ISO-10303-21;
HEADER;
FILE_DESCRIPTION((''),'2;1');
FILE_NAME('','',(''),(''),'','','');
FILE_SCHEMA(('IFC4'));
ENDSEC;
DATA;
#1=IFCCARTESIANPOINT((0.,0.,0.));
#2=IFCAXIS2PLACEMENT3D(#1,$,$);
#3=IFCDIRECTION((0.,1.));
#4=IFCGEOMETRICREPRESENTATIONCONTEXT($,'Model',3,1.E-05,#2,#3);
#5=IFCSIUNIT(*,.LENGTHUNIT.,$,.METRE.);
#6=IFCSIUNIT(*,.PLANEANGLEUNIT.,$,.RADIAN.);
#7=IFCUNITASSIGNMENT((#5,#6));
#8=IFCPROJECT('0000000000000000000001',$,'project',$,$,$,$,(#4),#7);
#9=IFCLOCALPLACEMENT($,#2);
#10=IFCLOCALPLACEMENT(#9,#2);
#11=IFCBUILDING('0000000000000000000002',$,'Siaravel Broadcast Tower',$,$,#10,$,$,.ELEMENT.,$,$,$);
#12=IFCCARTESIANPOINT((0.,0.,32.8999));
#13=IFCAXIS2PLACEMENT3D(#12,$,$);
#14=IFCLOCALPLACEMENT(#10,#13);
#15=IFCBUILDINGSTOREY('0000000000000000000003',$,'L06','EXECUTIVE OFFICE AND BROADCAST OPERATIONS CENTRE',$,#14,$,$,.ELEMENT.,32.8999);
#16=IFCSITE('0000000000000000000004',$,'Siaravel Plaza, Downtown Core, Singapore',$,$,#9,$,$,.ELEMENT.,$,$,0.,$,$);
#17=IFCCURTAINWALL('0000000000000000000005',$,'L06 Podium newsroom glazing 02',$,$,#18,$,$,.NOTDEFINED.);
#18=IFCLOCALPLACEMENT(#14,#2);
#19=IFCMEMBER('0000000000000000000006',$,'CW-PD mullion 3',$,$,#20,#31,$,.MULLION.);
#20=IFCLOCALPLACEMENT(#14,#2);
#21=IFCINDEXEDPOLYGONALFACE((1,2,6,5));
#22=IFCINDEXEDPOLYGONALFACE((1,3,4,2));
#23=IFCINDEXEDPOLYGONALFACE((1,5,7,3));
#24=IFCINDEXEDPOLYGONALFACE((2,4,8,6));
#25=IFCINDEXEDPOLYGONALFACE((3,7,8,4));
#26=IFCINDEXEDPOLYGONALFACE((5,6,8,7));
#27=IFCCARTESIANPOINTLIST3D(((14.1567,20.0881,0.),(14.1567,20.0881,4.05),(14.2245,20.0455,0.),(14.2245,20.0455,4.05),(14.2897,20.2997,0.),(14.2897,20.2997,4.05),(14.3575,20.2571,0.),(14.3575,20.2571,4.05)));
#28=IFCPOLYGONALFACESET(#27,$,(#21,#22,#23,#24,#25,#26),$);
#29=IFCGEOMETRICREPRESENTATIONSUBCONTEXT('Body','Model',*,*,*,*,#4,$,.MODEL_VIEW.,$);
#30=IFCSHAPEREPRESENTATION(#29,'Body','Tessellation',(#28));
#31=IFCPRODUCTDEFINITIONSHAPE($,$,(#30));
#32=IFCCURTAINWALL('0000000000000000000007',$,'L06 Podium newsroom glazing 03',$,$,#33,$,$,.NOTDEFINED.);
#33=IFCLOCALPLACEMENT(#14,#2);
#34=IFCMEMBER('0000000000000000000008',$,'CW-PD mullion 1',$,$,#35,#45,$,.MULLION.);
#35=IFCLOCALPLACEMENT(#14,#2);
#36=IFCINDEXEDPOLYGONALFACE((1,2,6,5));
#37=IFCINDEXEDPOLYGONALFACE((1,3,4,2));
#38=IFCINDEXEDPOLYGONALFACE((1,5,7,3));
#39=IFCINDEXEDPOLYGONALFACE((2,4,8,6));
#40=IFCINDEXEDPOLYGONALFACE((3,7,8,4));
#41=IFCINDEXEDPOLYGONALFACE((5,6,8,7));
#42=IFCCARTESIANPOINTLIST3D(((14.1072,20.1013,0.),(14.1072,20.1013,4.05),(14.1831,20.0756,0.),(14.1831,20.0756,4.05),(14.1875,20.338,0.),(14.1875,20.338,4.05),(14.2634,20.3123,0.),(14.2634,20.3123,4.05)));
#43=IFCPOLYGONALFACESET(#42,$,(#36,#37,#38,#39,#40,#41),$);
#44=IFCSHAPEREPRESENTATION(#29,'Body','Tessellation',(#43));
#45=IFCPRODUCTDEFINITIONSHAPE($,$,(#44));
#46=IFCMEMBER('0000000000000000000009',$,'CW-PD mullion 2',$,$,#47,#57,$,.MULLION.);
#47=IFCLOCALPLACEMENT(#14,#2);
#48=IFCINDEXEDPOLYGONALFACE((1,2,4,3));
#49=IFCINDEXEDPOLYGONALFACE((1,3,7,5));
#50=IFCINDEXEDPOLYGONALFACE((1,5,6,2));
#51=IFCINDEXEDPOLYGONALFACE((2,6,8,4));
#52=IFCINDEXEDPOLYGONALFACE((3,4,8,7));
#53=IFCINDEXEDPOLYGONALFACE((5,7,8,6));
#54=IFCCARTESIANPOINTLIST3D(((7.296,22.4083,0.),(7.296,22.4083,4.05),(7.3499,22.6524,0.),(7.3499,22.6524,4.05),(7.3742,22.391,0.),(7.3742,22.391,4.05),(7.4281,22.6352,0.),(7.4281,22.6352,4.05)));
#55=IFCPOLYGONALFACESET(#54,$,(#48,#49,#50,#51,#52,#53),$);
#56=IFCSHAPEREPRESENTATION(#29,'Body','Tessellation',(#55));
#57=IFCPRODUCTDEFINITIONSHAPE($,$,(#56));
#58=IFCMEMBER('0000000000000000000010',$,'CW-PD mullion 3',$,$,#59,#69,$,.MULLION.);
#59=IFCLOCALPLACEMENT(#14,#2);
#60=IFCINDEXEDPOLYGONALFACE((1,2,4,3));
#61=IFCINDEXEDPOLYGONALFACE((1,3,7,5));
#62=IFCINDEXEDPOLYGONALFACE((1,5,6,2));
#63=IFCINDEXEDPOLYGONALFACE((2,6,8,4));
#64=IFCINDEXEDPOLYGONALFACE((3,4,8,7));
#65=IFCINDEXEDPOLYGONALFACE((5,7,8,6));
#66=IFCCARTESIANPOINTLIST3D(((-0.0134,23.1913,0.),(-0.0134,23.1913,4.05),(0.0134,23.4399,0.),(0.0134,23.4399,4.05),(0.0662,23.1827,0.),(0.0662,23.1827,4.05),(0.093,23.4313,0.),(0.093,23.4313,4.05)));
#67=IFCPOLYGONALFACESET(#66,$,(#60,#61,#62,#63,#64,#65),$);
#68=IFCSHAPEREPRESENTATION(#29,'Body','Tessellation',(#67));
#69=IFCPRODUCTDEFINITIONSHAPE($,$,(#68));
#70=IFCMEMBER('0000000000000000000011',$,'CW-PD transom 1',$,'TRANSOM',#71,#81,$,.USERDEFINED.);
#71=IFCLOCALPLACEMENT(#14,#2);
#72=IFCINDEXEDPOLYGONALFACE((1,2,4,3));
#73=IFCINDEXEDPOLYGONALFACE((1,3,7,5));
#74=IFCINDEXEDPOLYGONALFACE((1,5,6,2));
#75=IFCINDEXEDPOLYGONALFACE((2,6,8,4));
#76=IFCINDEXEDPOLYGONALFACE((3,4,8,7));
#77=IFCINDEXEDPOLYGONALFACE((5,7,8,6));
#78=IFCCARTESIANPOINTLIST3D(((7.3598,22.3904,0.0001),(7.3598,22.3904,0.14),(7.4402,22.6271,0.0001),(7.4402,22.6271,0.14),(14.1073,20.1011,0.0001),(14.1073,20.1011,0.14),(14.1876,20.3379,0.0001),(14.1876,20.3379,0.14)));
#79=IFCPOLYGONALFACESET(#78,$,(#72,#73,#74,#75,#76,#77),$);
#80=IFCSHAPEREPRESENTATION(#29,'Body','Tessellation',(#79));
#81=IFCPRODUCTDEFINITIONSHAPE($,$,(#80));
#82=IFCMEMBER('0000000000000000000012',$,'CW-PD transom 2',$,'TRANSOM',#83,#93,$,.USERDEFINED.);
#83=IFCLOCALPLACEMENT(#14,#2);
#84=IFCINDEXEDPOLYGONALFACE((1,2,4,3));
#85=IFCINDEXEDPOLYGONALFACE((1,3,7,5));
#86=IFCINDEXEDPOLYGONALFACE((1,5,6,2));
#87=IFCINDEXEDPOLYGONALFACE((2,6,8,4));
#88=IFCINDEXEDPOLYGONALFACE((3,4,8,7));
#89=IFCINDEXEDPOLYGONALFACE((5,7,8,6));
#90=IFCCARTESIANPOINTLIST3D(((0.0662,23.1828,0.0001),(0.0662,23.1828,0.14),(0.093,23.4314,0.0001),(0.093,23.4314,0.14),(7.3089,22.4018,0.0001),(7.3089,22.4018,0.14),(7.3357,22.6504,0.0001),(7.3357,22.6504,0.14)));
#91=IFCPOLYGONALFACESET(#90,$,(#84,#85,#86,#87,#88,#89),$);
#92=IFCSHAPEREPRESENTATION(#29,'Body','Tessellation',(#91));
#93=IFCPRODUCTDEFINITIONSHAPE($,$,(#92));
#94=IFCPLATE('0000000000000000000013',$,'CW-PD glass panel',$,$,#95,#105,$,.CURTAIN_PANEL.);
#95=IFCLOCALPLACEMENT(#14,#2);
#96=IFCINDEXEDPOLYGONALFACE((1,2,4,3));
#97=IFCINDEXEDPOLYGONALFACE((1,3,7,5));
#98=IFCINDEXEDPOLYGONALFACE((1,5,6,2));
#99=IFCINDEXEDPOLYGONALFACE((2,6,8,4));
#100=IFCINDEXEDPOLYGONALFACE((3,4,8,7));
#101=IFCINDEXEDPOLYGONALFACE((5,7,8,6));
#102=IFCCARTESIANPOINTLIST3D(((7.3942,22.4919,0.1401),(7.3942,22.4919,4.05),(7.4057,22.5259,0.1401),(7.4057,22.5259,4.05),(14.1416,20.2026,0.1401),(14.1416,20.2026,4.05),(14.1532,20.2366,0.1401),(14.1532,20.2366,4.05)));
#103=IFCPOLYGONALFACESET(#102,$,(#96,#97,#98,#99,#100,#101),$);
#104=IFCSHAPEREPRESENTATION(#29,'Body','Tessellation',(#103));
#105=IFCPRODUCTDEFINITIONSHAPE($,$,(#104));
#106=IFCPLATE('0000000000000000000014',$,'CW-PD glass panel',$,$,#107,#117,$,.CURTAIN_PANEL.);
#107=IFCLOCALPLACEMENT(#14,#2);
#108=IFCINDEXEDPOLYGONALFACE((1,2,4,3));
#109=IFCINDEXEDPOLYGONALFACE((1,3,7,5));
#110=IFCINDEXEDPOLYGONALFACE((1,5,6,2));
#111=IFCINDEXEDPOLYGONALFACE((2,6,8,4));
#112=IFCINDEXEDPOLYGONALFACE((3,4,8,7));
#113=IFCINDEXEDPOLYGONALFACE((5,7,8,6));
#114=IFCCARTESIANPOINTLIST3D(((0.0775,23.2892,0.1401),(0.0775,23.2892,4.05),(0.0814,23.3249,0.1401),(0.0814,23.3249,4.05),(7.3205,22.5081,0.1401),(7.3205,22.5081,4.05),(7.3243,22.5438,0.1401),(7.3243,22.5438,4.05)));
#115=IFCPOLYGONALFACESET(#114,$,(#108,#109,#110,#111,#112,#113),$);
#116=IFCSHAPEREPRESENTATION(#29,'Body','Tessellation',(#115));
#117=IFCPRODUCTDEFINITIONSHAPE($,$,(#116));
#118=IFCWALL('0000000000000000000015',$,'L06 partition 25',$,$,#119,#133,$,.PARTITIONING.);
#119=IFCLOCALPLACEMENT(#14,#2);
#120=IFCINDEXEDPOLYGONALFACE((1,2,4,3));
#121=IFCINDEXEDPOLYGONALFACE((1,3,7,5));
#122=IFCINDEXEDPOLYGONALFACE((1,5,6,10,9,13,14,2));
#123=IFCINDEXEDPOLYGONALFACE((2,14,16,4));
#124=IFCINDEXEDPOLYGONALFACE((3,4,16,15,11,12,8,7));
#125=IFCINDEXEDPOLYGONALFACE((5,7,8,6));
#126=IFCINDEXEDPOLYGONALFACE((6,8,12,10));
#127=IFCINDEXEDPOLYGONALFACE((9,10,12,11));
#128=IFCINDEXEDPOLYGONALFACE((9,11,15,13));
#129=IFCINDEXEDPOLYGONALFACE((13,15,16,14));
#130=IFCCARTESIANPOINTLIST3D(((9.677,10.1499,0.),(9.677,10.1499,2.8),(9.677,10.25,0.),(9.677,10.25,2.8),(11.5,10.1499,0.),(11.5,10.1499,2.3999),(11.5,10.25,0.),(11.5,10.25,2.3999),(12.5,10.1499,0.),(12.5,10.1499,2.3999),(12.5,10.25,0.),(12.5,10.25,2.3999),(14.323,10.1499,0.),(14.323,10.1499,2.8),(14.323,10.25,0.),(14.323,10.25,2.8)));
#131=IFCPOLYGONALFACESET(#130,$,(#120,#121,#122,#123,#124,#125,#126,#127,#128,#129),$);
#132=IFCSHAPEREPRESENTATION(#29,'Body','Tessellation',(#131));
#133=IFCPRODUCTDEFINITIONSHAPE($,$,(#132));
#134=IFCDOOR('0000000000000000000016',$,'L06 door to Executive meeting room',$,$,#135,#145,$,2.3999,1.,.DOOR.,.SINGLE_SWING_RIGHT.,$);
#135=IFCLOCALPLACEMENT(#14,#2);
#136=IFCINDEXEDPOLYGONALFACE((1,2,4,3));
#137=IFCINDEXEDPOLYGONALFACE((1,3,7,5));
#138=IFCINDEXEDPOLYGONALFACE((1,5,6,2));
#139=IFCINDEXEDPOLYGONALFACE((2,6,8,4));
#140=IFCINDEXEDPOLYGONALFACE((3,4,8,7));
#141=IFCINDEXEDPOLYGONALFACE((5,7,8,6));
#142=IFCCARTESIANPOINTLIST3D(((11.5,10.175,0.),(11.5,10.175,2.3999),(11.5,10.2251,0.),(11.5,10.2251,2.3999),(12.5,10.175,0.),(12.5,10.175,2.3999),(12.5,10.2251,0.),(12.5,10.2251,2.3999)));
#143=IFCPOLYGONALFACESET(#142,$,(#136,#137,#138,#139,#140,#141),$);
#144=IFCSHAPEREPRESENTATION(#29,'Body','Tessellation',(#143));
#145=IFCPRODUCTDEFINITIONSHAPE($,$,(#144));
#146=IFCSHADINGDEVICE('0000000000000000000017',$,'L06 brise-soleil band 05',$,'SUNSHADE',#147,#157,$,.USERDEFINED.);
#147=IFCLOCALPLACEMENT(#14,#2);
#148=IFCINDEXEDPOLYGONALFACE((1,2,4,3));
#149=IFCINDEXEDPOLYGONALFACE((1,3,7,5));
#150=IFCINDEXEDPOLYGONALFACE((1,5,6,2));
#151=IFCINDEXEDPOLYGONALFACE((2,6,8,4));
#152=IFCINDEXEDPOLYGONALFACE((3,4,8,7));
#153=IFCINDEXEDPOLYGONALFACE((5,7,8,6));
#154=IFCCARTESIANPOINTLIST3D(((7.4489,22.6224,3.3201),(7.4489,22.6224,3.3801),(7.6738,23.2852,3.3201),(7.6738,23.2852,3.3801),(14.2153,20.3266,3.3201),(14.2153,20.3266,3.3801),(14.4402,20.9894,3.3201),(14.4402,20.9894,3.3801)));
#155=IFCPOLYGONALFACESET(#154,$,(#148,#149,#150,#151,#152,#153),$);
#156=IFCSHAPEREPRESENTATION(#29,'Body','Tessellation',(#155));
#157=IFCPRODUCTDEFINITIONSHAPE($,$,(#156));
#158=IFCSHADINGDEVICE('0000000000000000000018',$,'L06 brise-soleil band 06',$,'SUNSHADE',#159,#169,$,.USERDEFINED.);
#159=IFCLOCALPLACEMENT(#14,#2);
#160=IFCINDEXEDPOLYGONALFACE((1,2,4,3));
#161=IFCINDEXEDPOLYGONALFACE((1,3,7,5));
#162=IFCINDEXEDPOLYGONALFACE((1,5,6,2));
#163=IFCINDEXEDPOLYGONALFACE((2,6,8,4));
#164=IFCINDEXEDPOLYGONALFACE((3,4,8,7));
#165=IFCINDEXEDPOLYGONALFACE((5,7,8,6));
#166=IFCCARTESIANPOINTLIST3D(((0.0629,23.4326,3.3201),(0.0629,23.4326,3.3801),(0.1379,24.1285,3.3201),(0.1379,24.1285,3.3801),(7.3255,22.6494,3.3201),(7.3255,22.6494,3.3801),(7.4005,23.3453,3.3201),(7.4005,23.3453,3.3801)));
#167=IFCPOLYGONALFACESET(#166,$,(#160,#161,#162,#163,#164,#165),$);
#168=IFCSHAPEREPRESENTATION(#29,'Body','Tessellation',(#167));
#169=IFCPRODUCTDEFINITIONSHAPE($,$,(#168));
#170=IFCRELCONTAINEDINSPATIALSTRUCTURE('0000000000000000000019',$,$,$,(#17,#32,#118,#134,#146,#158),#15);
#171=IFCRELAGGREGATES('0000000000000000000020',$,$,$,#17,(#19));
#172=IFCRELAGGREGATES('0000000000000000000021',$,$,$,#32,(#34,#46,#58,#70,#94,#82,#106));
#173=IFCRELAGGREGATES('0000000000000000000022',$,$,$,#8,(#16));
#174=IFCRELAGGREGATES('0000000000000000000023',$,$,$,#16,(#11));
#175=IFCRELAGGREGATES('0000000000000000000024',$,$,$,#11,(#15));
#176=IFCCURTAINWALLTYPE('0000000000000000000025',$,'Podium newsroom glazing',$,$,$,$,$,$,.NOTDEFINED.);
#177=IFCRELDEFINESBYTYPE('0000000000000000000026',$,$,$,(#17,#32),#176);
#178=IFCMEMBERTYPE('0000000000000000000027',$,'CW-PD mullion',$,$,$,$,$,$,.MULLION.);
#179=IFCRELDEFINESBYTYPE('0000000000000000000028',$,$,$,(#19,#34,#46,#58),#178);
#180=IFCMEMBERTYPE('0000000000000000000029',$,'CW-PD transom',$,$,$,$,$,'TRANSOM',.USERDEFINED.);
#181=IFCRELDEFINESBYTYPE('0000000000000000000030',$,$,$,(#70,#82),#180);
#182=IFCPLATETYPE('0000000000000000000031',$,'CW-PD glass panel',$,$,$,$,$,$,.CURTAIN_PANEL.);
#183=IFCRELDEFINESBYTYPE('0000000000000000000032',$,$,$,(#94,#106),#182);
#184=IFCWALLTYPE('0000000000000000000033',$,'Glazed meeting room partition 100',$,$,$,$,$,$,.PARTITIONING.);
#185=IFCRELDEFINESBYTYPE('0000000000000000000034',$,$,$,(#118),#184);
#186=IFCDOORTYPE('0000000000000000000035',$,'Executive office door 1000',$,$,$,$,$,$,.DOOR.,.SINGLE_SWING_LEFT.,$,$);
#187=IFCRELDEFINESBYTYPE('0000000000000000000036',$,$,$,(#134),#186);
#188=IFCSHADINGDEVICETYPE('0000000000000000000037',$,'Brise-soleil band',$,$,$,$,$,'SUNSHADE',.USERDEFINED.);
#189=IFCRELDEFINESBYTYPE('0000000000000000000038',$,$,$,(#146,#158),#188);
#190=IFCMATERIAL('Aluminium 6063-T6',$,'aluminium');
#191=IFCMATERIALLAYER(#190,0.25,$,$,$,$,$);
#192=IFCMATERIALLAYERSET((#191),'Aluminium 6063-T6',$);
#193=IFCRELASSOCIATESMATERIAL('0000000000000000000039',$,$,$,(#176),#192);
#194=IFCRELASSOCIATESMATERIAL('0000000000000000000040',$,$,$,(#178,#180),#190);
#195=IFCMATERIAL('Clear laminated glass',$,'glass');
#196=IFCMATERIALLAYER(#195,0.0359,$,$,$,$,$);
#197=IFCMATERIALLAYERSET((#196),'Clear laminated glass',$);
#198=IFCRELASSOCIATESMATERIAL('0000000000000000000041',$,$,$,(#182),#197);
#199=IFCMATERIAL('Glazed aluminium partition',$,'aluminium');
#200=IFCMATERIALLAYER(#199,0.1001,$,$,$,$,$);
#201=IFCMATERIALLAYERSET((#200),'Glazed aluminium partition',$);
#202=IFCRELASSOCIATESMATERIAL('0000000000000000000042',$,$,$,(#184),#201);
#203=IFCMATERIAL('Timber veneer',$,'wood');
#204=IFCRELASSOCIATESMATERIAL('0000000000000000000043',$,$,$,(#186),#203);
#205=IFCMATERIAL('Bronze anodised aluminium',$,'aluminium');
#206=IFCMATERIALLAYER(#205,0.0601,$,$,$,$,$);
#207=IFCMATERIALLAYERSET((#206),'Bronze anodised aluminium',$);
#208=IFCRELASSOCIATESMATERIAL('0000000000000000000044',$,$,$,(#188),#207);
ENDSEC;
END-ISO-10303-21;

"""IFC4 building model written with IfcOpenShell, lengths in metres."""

from ifc_helpers import new_model, si_unit, direction, frame, frame_2d, origin, origin_2d, place, context, subcontext, project, spatial, rectangle, extrude, material, layer, layer_set, material_profile, profile_set, type_object, element, fill, aggregate, save


model = new_model("IFC4")

# Units and contexts
model_context = context("Model", 3, precision=1e-05, world=origin(), true_north=direction((0.0, 1.0)))
body_context = subcontext(model_context, "Body", "Model", "MODEL_VIEW")
ifc_project = project(units=[si_unit("LENGTHUNIT", "METRE"), si_unit("PLANEANGLEUNIT", "RADIAN")], contexts=[model_context])

# Site, building, storey
site_placement = place(None, origin())
site = spatial("IfcSite", under=ifc_project, at=site_placement, Name="Siaravel Plaza, Downtown Core, Singapore", CompositionType="ELEMENT", RefElevation=0.0)
building_placement = place(site_placement, origin())
building = spatial("IfcBuilding", under=site, at=building_placement, Name="Siaravel Broadcast Tower", CompositionType="ELEMENT")
storey_placement = place(building_placement, frame((0.0, 0.0, 32.8999)))
storey = spatial("IfcBuildingStorey", under=building, at=storey_placement, Name="L06", Description="EXECUTIVE OFFICE AND BROADCAST OPERATIONS CENTRE", CompositionType="ELEMENT", Elevation=32.8999)

# Curtain wall, member
ifc_material_1 = material(Name="Aluminium 6063-T6", Category="aluminium")
ifc_layer_1 = layer(ifc_material_1, 0.25)
ifc_layer_set_1 = layer_set([ifc_layer_1], Name="Aluminium 6063-T6")
curtain_wall_type = type_object("IfcCurtainWallType", Name="Podium newsroom glazing", PredefinedType="NOTDEFINED", material=ifc_layer_set_1)
curtain_wall_1_placement = place(storey_placement, origin())
curtain_wall_1 = element("IfcCurtainWall", 1, at=curtain_wall_1_placement, inside=storey, type_object=curtain_wall_type, Name="L06 Podium newsroom glazing 02", PredefinedType="NOTDEFINED")
ifc_material_profile_1 = material_profile(ifc_material_1, rectangle(XDim=0.25, YDim=0.0801, at=origin_2d()))
ifc_profile_set_1 = profile_set([ifc_material_profile_1], Name="Aluminium 6063-T6")
member_type_1 = type_object("IfcMemberType", Name="CW-PD mullion", PredefinedType="MULLION", material=ifc_profile_set_1)
member_1_placement = place(storey_placement, frame((14.2571, 20.1726, 0.0), z_axis=(0.0, 0.0, 1.0), x_axis=(-0.532148, -0.846651, 0.0)))
member_1 = element("IfcMember", 2, at=member_1_placement, type_object=member_type_1, Name="CW-PD mullion 3", PredefinedType="MULLION", context=body_context, shape_type="SweptSolid", body=[
    extrude(rectangle(XDim=0.25, YDim=0.0801, at=origin_2d()), origin(), (0.0, 0.0, 1.0), 4.05),
])
aggregate(curtain_wall_1, [member_1])

# Curtain wall, members, plates
curtain_wall_2_placement = place(storey_placement, origin())
curtain_wall_2 = element("IfcCurtainWall", 3, at=curtain_wall_2_placement, inside=storey, type_object=curtain_wall_type, Name="L06 Podium newsroom glazing 03", PredefinedType="NOTDEFINED")
member_2_placement = place(storey_placement, frame((14.1853, 20.2068, 0.0), z_axis=(0.0, 0.0, 1.0), x_axis=(-0.3213, -0.946977, 0.0)))
member_2 = element("IfcMember", 4, at=member_2_placement, type_object=member_type_1, Name="CW-PD mullion 1", PredefinedType="MULLION", context=body_context, shape_type="SweptSolid", body=[
    extrude(rectangle(XDim=0.25, YDim=0.0801, at=origin_2d()), origin(), (0.0, 0.0, 1.0), 4.05),
])
member_3_placement = place(storey_placement, frame((7.3621, 22.5217, 0.0), z_axis=(0.0, 0.0, 1.0), x_axis=(-0.215558, -0.976491, 0.0)))
member_3 = element("IfcMember", 5, at=member_3_placement, type_object=member_type_1, Name="CW-PD mullion 2", PredefinedType="MULLION", context=body_context, shape_type="SweptSolid", body=[
    extrude(rectangle(XDim=0.25, YDim=0.0801, at=origin_2d()), origin(), (0.0, 0.0, 1.0), 4.05),
])
member_4_placement = place(storey_placement, frame((0.0398, 23.3113, 0.0), z_axis=(0.0, 0.0, 1.0), x_axis=(-0.107217, -0.994236, 0.0)))
member_4 = element("IfcMember", 6, at=member_4_placement, type_object=member_type_1, Name="CW-PD mullion 3", PredefinedType="MULLION", context=body_context, shape_type="SweptSolid", body=[
    extrude(rectangle(XDim=0.25, YDim=0.0801, at=origin_2d()), origin(), (0.0, 0.0, 1.0), 4.05),
])
ifc_material_profile_2 = material_profile(ifc_material_1, rectangle(XDim=0.25, YDim=0.1399, at=origin_2d()))
ifc_profile_set_2 = profile_set([ifc_material_profile_2], Name="Aluminium 6063-T6")
member_type_2 = type_object("IfcMemberType", Name="CW-PD transom", ElementType="TRANSOM", PredefinedType="USERDEFINED", material=ifc_profile_set_2)
member_5_placement = place(storey_placement, frame((14.1475, 20.2195, 0.0701), z_axis=(-0.946981, 0.321291, 0.0), x_axis=(-0.321291, -0.946981, 0.0)))
member_5 = element("IfcMember", 7, at=member_5_placement, type_object=member_type_2, Name="CW-PD transom 1", ObjectType="TRANSOM", PredefinedType="USERDEFINED", context=body_context, shape_type="SweptSolid", body=[
    extrude(rectangle(XDim=0.25, YDim=0.1399, at=origin_2d()), origin(), (0.0, 0.0, 1.0), 7.1252),
])
member_6_placement = place(storey_placement, frame((7.3223, 22.5261, 0.0701), z_axis=(-0.994236, 0.107212, 0.0), x_axis=(-0.107212, -0.994236, 0.0)))
member_6 = element("IfcMember", 8, at=member_6_placement, type_object=member_type_2, Name="CW-PD transom 2", ObjectType="TRANSOM", PredefinedType="USERDEFINED", context=body_context, shape_type="SweptSolid", body=[
    extrude(rectangle(XDim=0.25, YDim=0.1399, at=origin_2d()), origin(), (0.0, 0.0, 1.0), 7.2847),
])
ifc_material_2 = material(Name="Clear laminated glass", Category="glass")
ifc_layer_2 = layer(ifc_material_2, 0.0359)
ifc_layer_set_2 = layer_set([ifc_layer_2], Name="Clear laminated glass")
plate_type = type_object("IfcPlateType", Name="CW-PD glass panel", PredefinedType="CURTAIN_PANEL", material=ifc_layer_set_2)
plate_1_placement = place(storey_placement, frame((10.7737, 21.3643, 0.1401), z_axis=(0.0, 0.0, 1.0), x_axis=(-0.946977, 0.3213, 0.0)))
plate_1 = element("IfcPlate", 9, at=plate_1_placement, type_object=plate_type, Name="CW-PD glass panel", PredefinedType="CURTAIN_PANEL", context=body_context, shape_type="SweptSolid", body=[
    extrude(rectangle(XDim=7.1252, YDim=0.0359, at=origin_2d()), origin(), (0.0, 0.0, 1.0), 3.9099),
])
plate_2_placement = place(storey_placement, frame((3.7009, 22.9165, 0.1401), z_axis=(0.0, 0.0, 1.0), x_axis=(-0.994236, 0.107217, 0.0)))
plate_2 = element("IfcPlate", 10, at=plate_2_placement, type_object=plate_type, Name="CW-PD glass panel", PredefinedType="CURTAIN_PANEL", context=body_context, shape_type="SweptSolid", body=[
    extrude(rectangle(XDim=7.2849, YDim=0.0359, at=origin_2d()), origin(), (0.0, 0.0, 1.0), 3.9099),
])
aggregate(curtain_wall_2, [member_2, member_3, member_4, member_5, plate_1, member_6, plate_2])

# Wall, opening, door
ifc_material_3 = material(Name="Glazed aluminium partition", Category="aluminium")
ifc_layer_3 = layer(ifc_material_3, 0.1001)
ifc_layer_set_3 = layer_set([ifc_layer_3], Name="Glazed aluminium partition")
wall_type = type_object("IfcWallType", Name="Glazed meeting room partition 100", PredefinedType="PARTITIONING", material=ifc_layer_set_3)
wall_placement = place(storey_placement, frame((14.323, 10.2, 0.0), z_axis=(0.0, 0.0, 1.0), x_axis=(-1.0, 0.0, 0.0)))
wall = element("IfcWall", 11, at=wall_placement, inside=storey, type_object=wall_type, Name="L06 partition 25", PredefinedType="PARTITIONING", context=body_context, shape_type="SweptSolid", body=[
    extrude(rectangle(XDim=4.646, YDim=0.1001, at=frame_2d((2.323, 0.0))), origin(), (0.0, 0.0, 1.0), 2.8),
])
opening_placement = place(wall_placement, frame((1.823, 0.0, 0.0)))
opening = element("IfcOpeningElement", 12, at=opening_placement, cuts=wall, PredefinedType="OPENING", context=body_context, shape_type="SweptSolid", body=[
    extrude(rectangle(XDim=1.0, YDim=2.3999, at=frame_2d((0.5, 1.2))), frame((0.0, 0.0601, 0.0), z_axis=(0.0, -1.0, 0.0), x_axis=(1.0, 0.0, 0.0)), (0.0, 0.0, 1.0), 0.1201),
])
ifc_material_4 = material(Name="Timber veneer", Category="wood")
door_type = type_object("IfcDoorType", Name="Executive office door 1000", OperationType="SINGLE_SWING_LEFT", PredefinedType="DOOR", material=ifc_material_4)
door_placement = place(opening_placement, origin())
door = element("IfcDoor", 13, at=door_placement, inside=storey, type_object=door_type, Name="L06 door to Executive meeting room", OperationType="SINGLE_SWING_RIGHT", OverallHeight=2.3999, OverallWidth=1.0, PredefinedType="DOOR", context=body_context, shape_type="SweptSolid", body=[
    extrude(rectangle(XDim=1.0, YDim=2.3999, at=frame_2d((0.5, 1.2))), frame((0.0, 0.0249, 0.0), z_axis=(0.0, -1.0, 0.0), x_axis=(1.0, 0.0, 0.0)), (0.0, 0.0, 1.0), 0.05),
])
fill(opening, door)

# Shading devices
ifc_material_5 = material(Name="Bronze anodised aluminium", Category="aluminium")
ifc_layer_4 = layer(ifc_material_5, 0.0601)
ifc_layer_set_4 = layer_set([ifc_layer_4], Name="Bronze anodised aluminium")
shading_device_type = type_object("IfcShadingDeviceType", Name="Brise-soleil band", ElementType="SUNSHADE", PredefinedType="USERDEFINED", material=ifc_layer_set_4)
shading_device_1_placement = place(storey_placement, frame((10.9446, 21.8059, 3.3201), z_axis=(0.0, 0.0, 1.0), x_axis=(-0.946977, 0.321301, 0.0)))
element("IfcShadingDevice", 14, at=shading_device_1_placement, inside=storey, type_object=shading_device_type, Name="L06 brise-soleil band 05", ObjectType="SUNSHADE", PredefinedType="USERDEFINED", context=body_context, shape_type="SweptSolid", body=[
    extrude(rectangle(XDim=7.1453, YDim=0.7, at=origin_2d()), origin(), (0.0, 0.0, 1.0), 0.0601),
])
shading_device_2_placement = place(storey_placement, frame((3.7317, 23.3889, 3.3201), z_axis=(0.0, 0.0, 1.0), x_axis=(-0.994236, 0.107217, 0.0)))
element("IfcShadingDevice", 15, at=shading_device_2_placement, inside=storey, type_object=shading_device_type, Name="L06 brise-soleil band 06", ObjectType="SUNSHADE", PredefinedType="USERDEFINED", context=body_context, shape_type="SweptSolid", body=[
    extrude(rectangle(XDim=7.3047, YDim=0.7, at=origin_2d()), origin(), (0.0, 0.0, 1.0), 0.0601),
])

save(model, "model.ifc")
